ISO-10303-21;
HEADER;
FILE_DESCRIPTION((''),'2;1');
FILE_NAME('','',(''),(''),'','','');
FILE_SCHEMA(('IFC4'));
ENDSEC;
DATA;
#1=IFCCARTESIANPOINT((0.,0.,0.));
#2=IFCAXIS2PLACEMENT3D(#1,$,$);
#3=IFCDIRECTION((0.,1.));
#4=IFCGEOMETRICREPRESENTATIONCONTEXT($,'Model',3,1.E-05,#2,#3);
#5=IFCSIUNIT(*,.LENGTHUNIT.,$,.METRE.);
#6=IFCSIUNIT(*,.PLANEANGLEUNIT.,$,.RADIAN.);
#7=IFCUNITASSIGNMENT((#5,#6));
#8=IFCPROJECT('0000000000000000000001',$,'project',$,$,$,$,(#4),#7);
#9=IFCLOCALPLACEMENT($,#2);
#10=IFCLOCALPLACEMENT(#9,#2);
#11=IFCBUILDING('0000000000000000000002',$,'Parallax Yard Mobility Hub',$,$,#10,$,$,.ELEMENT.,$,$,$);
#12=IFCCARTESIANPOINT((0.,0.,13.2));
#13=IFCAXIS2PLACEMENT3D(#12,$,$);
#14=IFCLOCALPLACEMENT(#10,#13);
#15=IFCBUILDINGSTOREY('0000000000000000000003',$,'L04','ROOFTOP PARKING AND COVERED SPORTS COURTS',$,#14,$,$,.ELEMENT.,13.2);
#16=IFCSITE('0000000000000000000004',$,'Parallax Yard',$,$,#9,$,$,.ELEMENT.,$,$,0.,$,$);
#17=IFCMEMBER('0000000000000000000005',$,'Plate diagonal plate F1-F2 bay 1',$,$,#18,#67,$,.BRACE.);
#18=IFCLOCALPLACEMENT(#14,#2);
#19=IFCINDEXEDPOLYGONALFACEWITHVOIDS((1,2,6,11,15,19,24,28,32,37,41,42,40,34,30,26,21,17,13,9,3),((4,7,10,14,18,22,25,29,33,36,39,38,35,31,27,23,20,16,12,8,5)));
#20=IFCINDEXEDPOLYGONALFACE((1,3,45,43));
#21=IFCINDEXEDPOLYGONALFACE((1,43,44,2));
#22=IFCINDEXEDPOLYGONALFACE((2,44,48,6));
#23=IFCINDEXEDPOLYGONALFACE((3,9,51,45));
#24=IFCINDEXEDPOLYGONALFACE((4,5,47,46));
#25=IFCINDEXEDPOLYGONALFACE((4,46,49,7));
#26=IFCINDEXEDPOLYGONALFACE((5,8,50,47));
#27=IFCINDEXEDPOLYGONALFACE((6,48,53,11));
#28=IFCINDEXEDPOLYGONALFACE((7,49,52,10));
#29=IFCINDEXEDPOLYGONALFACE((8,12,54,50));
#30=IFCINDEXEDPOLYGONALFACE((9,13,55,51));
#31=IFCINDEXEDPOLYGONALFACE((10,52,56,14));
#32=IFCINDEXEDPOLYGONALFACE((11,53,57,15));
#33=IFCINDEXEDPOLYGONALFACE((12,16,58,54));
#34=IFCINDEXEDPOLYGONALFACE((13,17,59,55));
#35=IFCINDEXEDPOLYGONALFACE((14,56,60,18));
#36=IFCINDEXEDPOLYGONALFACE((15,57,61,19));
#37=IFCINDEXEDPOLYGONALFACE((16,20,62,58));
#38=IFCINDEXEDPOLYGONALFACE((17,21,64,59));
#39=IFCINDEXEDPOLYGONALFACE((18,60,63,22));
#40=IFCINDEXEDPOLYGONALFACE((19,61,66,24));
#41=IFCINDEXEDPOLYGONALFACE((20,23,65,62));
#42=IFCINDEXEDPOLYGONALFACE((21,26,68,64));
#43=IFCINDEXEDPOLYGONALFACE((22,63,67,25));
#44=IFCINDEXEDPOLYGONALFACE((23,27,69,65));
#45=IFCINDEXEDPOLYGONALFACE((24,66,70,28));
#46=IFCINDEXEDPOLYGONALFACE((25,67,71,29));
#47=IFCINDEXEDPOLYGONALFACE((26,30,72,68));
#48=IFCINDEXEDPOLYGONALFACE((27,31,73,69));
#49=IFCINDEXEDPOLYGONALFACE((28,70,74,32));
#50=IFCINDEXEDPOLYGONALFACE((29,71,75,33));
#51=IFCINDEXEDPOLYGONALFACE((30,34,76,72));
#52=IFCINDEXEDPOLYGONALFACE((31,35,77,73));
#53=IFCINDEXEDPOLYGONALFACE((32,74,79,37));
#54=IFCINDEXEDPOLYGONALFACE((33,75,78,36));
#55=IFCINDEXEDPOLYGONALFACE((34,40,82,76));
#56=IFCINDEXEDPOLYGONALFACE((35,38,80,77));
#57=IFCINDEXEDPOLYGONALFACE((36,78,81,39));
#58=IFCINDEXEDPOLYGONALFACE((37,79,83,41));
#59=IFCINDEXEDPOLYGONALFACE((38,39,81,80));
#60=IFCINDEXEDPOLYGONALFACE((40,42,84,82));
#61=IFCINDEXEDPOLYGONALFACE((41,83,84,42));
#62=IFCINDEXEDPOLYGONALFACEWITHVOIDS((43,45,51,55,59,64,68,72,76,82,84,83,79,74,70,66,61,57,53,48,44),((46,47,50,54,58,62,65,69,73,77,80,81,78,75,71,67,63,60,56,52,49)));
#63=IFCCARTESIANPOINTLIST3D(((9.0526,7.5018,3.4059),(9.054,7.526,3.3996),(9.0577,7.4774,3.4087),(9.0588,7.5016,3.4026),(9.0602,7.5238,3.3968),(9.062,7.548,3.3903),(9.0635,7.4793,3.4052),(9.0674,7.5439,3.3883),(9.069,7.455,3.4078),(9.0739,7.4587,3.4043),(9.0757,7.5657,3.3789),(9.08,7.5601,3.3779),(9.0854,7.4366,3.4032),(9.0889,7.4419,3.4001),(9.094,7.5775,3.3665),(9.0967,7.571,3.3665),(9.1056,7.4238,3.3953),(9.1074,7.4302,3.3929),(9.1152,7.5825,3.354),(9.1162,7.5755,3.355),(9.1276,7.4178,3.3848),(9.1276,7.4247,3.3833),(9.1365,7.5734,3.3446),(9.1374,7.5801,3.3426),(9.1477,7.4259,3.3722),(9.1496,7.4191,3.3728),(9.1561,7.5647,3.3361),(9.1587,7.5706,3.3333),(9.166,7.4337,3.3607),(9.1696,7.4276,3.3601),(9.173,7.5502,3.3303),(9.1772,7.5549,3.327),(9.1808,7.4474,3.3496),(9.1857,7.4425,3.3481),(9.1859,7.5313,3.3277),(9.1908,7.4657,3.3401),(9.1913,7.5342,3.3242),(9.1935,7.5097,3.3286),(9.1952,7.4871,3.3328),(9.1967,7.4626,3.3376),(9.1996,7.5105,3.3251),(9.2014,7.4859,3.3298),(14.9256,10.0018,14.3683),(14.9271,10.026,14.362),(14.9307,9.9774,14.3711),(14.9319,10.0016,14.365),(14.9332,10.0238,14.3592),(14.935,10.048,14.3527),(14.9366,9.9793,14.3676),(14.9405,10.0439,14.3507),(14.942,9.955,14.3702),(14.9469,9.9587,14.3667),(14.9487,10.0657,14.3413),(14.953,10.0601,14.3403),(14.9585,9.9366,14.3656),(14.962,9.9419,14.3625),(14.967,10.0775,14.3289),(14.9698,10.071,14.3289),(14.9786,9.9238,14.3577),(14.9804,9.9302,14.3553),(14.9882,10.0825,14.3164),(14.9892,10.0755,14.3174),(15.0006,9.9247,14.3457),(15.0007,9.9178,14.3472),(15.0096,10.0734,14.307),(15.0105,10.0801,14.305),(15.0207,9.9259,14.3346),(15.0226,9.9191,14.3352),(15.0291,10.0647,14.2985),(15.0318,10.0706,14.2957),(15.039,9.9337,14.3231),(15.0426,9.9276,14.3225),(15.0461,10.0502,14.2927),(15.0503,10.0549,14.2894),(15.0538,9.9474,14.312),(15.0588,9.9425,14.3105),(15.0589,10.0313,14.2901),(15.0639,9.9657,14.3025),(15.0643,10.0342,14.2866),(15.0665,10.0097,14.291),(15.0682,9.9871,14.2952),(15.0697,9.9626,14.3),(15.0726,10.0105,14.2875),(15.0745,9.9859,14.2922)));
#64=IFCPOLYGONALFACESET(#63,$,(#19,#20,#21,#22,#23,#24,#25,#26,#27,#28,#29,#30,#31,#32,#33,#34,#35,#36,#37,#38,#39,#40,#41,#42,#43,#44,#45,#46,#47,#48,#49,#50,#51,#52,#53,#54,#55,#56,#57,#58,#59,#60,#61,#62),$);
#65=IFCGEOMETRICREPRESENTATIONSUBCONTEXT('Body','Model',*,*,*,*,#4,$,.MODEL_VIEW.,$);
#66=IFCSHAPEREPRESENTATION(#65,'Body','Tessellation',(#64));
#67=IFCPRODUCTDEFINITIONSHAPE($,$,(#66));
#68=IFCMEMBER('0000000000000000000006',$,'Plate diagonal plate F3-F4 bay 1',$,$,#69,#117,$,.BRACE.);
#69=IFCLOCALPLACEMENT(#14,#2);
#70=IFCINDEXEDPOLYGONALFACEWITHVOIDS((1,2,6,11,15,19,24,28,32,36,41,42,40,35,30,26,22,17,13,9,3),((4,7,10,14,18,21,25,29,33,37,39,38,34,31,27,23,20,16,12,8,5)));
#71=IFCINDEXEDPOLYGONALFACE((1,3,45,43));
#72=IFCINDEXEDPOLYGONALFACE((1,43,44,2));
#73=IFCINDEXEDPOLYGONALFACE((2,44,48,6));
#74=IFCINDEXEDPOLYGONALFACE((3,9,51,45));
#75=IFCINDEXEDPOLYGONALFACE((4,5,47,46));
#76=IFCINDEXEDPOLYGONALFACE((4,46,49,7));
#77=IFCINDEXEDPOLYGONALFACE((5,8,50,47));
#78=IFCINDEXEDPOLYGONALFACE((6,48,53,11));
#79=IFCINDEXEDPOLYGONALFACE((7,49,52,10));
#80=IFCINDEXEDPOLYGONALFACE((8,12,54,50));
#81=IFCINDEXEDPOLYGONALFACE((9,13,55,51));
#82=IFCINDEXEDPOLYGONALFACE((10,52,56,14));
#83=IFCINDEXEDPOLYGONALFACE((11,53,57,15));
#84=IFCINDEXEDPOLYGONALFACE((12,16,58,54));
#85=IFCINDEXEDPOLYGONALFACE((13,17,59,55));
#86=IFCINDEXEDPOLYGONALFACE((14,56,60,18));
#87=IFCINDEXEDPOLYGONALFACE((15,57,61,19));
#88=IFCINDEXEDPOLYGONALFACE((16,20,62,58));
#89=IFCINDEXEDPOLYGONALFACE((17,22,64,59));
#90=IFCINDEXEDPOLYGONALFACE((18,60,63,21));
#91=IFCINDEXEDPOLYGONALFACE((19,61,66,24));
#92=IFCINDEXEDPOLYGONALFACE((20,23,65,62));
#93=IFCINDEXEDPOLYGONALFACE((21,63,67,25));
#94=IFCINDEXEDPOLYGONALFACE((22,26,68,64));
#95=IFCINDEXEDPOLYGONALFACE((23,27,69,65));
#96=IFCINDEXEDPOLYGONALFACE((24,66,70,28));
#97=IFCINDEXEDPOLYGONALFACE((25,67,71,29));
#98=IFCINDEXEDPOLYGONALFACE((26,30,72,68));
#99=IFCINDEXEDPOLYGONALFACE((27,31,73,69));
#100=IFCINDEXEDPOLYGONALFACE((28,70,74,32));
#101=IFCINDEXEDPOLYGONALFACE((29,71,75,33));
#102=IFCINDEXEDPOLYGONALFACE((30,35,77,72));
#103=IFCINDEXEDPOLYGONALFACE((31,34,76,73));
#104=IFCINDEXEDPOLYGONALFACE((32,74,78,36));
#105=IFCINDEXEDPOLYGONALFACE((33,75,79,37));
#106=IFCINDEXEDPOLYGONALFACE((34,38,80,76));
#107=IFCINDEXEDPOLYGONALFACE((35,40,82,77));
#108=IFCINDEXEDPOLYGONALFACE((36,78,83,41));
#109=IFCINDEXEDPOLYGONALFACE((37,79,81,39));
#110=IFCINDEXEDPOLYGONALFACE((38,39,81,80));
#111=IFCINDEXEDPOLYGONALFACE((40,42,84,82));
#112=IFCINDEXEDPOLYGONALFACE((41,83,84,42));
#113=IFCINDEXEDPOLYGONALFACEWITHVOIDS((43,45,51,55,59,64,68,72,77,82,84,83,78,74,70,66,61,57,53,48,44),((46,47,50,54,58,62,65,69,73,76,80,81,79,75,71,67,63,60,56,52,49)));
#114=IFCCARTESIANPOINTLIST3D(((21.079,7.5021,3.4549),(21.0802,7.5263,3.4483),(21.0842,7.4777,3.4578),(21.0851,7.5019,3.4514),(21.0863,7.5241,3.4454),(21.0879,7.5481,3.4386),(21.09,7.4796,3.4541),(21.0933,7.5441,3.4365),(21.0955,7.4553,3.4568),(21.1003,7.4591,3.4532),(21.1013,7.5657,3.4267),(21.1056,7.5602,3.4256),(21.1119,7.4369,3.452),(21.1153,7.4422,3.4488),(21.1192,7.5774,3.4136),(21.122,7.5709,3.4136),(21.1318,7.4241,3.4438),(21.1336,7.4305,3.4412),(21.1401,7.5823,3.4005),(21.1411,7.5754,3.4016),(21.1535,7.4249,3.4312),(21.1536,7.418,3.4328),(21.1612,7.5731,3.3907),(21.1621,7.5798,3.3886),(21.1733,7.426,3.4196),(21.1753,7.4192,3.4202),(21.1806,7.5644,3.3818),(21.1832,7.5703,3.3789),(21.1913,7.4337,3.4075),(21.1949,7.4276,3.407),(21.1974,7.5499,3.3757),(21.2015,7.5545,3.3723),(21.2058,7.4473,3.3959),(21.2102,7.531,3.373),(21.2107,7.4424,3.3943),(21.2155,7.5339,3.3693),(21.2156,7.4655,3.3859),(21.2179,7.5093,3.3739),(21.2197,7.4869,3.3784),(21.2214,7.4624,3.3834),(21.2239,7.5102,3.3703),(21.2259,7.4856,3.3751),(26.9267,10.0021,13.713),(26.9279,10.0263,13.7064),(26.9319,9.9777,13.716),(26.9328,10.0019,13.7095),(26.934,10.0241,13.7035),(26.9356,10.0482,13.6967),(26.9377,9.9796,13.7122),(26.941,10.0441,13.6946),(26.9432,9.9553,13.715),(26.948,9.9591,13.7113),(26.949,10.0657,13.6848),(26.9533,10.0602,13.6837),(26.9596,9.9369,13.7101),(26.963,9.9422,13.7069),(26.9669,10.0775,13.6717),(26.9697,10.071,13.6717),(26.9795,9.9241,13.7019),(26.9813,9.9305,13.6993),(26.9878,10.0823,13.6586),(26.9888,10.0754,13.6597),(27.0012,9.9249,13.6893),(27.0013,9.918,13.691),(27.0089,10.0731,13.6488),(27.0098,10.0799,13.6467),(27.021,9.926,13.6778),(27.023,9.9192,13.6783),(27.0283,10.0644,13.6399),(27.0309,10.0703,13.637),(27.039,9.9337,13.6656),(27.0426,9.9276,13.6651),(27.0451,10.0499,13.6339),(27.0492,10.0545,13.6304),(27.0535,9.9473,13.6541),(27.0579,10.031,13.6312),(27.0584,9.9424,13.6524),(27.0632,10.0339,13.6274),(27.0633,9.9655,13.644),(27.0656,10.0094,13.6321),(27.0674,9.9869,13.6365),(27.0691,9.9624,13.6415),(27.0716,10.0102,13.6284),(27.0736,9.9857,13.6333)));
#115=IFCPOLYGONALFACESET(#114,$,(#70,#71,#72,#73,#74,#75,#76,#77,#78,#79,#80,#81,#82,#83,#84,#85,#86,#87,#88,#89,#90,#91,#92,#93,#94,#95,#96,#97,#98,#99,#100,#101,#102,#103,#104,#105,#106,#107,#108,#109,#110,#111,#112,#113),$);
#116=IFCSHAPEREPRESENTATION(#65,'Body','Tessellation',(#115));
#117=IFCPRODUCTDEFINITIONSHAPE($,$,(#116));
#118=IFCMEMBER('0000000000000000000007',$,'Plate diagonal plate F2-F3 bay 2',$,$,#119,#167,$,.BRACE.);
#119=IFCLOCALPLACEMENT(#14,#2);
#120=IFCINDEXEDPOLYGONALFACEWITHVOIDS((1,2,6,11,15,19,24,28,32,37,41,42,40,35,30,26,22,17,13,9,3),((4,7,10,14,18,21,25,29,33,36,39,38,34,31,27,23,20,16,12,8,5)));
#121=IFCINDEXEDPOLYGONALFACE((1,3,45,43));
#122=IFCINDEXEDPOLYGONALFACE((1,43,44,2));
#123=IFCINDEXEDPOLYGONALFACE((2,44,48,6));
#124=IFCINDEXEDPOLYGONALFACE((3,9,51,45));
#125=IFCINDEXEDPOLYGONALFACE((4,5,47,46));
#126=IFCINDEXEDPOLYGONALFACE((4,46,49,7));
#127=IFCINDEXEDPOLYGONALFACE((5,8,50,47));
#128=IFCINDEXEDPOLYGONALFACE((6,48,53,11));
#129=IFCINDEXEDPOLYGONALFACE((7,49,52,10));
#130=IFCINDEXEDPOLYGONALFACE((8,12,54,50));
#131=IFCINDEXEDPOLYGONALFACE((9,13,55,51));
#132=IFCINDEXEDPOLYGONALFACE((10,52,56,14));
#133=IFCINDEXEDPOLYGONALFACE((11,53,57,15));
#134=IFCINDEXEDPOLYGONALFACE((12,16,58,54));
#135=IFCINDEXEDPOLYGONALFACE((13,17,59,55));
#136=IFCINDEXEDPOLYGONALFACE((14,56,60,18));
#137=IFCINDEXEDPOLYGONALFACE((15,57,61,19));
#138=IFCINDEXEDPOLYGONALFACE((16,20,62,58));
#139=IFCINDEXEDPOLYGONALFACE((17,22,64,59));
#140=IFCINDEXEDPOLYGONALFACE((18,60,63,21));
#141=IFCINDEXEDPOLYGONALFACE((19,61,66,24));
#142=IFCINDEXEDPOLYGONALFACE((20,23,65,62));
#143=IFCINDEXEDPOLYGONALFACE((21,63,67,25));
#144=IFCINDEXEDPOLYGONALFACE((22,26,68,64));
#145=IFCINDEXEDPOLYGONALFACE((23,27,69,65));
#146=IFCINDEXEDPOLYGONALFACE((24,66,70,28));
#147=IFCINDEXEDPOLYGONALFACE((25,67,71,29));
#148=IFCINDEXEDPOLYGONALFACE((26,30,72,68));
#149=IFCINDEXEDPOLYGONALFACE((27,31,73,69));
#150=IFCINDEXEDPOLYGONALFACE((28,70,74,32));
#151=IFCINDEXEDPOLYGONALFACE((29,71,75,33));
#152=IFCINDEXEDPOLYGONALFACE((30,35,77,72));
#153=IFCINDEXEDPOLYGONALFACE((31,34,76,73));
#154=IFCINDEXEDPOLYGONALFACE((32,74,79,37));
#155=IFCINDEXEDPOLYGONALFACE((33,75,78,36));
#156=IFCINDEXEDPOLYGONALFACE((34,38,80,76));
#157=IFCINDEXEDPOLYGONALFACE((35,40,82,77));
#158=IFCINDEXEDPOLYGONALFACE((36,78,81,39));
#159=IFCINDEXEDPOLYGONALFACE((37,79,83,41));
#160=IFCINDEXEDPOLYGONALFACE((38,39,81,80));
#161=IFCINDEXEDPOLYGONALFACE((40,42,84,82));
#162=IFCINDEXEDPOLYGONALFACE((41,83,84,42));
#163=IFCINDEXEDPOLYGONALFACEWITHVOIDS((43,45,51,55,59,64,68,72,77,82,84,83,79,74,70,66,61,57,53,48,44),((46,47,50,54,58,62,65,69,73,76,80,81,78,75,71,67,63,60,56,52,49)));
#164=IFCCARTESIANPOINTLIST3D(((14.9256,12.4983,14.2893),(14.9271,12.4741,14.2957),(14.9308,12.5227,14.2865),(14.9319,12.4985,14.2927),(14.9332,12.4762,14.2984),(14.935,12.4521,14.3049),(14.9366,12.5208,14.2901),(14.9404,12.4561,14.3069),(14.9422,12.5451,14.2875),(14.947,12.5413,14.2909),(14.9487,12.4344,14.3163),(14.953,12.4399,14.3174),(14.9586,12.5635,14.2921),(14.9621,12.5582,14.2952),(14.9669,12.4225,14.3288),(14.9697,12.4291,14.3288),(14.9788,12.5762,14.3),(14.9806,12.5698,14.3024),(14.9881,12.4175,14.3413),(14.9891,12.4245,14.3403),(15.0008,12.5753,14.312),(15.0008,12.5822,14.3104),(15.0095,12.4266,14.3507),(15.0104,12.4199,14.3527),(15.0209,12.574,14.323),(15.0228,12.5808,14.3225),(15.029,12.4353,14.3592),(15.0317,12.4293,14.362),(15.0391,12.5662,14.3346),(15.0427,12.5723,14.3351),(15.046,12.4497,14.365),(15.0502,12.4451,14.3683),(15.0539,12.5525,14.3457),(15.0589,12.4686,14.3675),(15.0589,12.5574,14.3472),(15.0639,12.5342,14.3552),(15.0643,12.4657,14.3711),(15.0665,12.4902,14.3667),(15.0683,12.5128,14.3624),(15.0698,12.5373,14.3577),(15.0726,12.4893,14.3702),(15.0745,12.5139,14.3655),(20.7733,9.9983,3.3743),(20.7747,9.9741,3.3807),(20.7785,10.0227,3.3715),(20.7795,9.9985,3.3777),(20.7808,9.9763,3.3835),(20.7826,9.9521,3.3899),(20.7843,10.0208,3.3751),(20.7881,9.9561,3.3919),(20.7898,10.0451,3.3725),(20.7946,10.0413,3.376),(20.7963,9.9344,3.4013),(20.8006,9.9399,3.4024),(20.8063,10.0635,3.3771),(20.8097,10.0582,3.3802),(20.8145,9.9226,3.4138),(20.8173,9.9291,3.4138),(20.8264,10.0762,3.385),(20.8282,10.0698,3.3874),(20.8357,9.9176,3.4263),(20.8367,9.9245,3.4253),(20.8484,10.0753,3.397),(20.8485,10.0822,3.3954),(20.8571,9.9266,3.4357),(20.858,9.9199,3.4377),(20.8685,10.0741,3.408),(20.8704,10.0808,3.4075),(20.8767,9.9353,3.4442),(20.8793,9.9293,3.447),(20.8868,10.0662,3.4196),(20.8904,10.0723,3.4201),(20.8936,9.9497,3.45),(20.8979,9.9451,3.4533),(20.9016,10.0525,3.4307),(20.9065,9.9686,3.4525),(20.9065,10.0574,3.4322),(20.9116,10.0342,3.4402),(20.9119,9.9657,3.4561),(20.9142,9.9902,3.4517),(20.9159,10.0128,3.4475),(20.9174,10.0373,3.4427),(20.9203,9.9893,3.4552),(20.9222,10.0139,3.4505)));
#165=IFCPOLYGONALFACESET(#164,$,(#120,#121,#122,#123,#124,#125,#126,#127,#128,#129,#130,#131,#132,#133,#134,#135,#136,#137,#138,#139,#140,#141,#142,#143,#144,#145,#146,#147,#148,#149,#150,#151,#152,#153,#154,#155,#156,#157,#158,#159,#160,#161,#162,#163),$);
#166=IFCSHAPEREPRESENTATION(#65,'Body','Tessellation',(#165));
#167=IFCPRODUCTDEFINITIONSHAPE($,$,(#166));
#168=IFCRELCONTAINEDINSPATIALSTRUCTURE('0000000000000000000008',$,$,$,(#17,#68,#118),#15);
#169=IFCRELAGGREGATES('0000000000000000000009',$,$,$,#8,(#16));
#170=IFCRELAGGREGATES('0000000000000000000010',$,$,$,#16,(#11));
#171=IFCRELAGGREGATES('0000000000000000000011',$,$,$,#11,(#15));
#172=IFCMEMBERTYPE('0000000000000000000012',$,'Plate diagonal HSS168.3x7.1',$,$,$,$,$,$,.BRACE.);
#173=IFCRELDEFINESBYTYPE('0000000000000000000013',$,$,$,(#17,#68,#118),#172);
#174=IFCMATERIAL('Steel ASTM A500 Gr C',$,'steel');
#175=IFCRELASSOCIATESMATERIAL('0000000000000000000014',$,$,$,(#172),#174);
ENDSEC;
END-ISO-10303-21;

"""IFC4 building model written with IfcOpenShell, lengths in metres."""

from ifc_helpers import new_model, si_unit, direction, frame, origin, origin_2d, place, context, subcontext, project, spatial, hollow_circle, extrude, material, material_profile, profile_set, type_object, element, save


model = new_model("IFC4")

# Units and contexts
model_context = context("Model", 3, precision=1e-05, world=origin(), true_north=direction((0.0, 1.0)))
body_context = subcontext(model_context, "Body", "Model", "MODEL_VIEW")
ifc_project = project(units=[si_unit("LENGTHUNIT", "METRE"), si_unit("PLANEANGLEUNIT", "RADIAN")], contexts=[model_context])

# Site, building, storey
site_placement = place(None, origin())
site = spatial("IfcSite", under=ifc_project, at=site_placement, Name="Parallax Yard", CompositionType="ELEMENT", RefElevation=0.0)
building_placement = place(site_placement, origin())
building = spatial("IfcBuilding", under=site, at=building_placement, Name="Parallax Yard Mobility Hub", CompositionType="ELEMENT")
storey_placement = place(building_placement, frame((0.0, 0.0, 13.2)))
storey = spatial("IfcBuildingStorey", under=building, at=storey_placement, Name="L04", Description="ROOFTOP PARKING AND COVERED SPORTS COURTS", CompositionType="ELEMENT", Elevation=13.2)

# Shared definitions
ifc_material_1 = material(Name="Steel ASTM A500 Gr C", Category="steel")

# Members
ifc_material_profile_1 = material_profile(ifc_material_1, hollow_circle(Radius=0.0842, WallThickness=0.0071, at=origin_2d()), Name="HSS168.3x7.1")
ifc_profile_set_1 = profile_set([ifc_material_profile_1], Name="Steel ASTM A500 Gr C")
member_type_1 = type_object("IfcMemberType", Name="Plate diagonal HSS168.3x7.1", PredefinedType="BRACE", material=ifc_profile_set_1)
member_1_placement = place(storey_placement, frame((9.127, 7.5, 3.3665), z_axis=(0.46298, 0.197078, 0.864181), x_axis=(-0.391665, 0.920108, 0.0)))
element("IfcMember", 1, at=member_1_placement, inside=storey, type_object=member_type_1, Name="Plate diagonal plate F1-F2 bay 1", PredefinedType="BRACE", context=body_context, shape_type="SweptSolid", body=[
    extrude(hollow_circle(Radius=0.0842, WallThickness=0.0071, at=origin_2d()), origin(), (0.0, 0.0, 1.0), 12.6853),
])
member_2_placement = place(storey_placement, frame((21.1523, 7.5, 3.4136), z_axis=(0.484499, 0.207134, 0.849916), x_axis=(-0.393104, 0.919494, 0.0)))
element("IfcMember", 2, at=member_2_placement, inside=storey, type_object=member_type_1, Name="Plate diagonal plate F3-F4 bay 1", PredefinedType="BRACE", context=body_context, shape_type="SweptSolid", body=[
    extrude(hollow_circle(Radius=0.0842, WallThickness=0.0071, at=origin_2d()), origin(), (0.0, 0.0, 1.0), 12.0696),
])
member_3_placement = place(storey_placement, frame((20.8477, 10.0, 3.4138), z_axis=(-0.462901, 0.1979, 0.864036), x_axis=(-0.393104, -0.919494, 0.0)))
element("IfcMember", 3, at=member_3_placement, inside=storey, type_object=member_type_1, Name="Plate diagonal plate F2-F3 bay 2", PredefinedType="BRACE", context=body_context, shape_type="SweptSolid", body=[
    extrude(hollow_circle(Radius=0.0842, WallThickness=0.0071, at=origin_2d()), origin(), (0.0, 0.0, 1.0), 12.6326),
])

save(model, "model.ifc")
